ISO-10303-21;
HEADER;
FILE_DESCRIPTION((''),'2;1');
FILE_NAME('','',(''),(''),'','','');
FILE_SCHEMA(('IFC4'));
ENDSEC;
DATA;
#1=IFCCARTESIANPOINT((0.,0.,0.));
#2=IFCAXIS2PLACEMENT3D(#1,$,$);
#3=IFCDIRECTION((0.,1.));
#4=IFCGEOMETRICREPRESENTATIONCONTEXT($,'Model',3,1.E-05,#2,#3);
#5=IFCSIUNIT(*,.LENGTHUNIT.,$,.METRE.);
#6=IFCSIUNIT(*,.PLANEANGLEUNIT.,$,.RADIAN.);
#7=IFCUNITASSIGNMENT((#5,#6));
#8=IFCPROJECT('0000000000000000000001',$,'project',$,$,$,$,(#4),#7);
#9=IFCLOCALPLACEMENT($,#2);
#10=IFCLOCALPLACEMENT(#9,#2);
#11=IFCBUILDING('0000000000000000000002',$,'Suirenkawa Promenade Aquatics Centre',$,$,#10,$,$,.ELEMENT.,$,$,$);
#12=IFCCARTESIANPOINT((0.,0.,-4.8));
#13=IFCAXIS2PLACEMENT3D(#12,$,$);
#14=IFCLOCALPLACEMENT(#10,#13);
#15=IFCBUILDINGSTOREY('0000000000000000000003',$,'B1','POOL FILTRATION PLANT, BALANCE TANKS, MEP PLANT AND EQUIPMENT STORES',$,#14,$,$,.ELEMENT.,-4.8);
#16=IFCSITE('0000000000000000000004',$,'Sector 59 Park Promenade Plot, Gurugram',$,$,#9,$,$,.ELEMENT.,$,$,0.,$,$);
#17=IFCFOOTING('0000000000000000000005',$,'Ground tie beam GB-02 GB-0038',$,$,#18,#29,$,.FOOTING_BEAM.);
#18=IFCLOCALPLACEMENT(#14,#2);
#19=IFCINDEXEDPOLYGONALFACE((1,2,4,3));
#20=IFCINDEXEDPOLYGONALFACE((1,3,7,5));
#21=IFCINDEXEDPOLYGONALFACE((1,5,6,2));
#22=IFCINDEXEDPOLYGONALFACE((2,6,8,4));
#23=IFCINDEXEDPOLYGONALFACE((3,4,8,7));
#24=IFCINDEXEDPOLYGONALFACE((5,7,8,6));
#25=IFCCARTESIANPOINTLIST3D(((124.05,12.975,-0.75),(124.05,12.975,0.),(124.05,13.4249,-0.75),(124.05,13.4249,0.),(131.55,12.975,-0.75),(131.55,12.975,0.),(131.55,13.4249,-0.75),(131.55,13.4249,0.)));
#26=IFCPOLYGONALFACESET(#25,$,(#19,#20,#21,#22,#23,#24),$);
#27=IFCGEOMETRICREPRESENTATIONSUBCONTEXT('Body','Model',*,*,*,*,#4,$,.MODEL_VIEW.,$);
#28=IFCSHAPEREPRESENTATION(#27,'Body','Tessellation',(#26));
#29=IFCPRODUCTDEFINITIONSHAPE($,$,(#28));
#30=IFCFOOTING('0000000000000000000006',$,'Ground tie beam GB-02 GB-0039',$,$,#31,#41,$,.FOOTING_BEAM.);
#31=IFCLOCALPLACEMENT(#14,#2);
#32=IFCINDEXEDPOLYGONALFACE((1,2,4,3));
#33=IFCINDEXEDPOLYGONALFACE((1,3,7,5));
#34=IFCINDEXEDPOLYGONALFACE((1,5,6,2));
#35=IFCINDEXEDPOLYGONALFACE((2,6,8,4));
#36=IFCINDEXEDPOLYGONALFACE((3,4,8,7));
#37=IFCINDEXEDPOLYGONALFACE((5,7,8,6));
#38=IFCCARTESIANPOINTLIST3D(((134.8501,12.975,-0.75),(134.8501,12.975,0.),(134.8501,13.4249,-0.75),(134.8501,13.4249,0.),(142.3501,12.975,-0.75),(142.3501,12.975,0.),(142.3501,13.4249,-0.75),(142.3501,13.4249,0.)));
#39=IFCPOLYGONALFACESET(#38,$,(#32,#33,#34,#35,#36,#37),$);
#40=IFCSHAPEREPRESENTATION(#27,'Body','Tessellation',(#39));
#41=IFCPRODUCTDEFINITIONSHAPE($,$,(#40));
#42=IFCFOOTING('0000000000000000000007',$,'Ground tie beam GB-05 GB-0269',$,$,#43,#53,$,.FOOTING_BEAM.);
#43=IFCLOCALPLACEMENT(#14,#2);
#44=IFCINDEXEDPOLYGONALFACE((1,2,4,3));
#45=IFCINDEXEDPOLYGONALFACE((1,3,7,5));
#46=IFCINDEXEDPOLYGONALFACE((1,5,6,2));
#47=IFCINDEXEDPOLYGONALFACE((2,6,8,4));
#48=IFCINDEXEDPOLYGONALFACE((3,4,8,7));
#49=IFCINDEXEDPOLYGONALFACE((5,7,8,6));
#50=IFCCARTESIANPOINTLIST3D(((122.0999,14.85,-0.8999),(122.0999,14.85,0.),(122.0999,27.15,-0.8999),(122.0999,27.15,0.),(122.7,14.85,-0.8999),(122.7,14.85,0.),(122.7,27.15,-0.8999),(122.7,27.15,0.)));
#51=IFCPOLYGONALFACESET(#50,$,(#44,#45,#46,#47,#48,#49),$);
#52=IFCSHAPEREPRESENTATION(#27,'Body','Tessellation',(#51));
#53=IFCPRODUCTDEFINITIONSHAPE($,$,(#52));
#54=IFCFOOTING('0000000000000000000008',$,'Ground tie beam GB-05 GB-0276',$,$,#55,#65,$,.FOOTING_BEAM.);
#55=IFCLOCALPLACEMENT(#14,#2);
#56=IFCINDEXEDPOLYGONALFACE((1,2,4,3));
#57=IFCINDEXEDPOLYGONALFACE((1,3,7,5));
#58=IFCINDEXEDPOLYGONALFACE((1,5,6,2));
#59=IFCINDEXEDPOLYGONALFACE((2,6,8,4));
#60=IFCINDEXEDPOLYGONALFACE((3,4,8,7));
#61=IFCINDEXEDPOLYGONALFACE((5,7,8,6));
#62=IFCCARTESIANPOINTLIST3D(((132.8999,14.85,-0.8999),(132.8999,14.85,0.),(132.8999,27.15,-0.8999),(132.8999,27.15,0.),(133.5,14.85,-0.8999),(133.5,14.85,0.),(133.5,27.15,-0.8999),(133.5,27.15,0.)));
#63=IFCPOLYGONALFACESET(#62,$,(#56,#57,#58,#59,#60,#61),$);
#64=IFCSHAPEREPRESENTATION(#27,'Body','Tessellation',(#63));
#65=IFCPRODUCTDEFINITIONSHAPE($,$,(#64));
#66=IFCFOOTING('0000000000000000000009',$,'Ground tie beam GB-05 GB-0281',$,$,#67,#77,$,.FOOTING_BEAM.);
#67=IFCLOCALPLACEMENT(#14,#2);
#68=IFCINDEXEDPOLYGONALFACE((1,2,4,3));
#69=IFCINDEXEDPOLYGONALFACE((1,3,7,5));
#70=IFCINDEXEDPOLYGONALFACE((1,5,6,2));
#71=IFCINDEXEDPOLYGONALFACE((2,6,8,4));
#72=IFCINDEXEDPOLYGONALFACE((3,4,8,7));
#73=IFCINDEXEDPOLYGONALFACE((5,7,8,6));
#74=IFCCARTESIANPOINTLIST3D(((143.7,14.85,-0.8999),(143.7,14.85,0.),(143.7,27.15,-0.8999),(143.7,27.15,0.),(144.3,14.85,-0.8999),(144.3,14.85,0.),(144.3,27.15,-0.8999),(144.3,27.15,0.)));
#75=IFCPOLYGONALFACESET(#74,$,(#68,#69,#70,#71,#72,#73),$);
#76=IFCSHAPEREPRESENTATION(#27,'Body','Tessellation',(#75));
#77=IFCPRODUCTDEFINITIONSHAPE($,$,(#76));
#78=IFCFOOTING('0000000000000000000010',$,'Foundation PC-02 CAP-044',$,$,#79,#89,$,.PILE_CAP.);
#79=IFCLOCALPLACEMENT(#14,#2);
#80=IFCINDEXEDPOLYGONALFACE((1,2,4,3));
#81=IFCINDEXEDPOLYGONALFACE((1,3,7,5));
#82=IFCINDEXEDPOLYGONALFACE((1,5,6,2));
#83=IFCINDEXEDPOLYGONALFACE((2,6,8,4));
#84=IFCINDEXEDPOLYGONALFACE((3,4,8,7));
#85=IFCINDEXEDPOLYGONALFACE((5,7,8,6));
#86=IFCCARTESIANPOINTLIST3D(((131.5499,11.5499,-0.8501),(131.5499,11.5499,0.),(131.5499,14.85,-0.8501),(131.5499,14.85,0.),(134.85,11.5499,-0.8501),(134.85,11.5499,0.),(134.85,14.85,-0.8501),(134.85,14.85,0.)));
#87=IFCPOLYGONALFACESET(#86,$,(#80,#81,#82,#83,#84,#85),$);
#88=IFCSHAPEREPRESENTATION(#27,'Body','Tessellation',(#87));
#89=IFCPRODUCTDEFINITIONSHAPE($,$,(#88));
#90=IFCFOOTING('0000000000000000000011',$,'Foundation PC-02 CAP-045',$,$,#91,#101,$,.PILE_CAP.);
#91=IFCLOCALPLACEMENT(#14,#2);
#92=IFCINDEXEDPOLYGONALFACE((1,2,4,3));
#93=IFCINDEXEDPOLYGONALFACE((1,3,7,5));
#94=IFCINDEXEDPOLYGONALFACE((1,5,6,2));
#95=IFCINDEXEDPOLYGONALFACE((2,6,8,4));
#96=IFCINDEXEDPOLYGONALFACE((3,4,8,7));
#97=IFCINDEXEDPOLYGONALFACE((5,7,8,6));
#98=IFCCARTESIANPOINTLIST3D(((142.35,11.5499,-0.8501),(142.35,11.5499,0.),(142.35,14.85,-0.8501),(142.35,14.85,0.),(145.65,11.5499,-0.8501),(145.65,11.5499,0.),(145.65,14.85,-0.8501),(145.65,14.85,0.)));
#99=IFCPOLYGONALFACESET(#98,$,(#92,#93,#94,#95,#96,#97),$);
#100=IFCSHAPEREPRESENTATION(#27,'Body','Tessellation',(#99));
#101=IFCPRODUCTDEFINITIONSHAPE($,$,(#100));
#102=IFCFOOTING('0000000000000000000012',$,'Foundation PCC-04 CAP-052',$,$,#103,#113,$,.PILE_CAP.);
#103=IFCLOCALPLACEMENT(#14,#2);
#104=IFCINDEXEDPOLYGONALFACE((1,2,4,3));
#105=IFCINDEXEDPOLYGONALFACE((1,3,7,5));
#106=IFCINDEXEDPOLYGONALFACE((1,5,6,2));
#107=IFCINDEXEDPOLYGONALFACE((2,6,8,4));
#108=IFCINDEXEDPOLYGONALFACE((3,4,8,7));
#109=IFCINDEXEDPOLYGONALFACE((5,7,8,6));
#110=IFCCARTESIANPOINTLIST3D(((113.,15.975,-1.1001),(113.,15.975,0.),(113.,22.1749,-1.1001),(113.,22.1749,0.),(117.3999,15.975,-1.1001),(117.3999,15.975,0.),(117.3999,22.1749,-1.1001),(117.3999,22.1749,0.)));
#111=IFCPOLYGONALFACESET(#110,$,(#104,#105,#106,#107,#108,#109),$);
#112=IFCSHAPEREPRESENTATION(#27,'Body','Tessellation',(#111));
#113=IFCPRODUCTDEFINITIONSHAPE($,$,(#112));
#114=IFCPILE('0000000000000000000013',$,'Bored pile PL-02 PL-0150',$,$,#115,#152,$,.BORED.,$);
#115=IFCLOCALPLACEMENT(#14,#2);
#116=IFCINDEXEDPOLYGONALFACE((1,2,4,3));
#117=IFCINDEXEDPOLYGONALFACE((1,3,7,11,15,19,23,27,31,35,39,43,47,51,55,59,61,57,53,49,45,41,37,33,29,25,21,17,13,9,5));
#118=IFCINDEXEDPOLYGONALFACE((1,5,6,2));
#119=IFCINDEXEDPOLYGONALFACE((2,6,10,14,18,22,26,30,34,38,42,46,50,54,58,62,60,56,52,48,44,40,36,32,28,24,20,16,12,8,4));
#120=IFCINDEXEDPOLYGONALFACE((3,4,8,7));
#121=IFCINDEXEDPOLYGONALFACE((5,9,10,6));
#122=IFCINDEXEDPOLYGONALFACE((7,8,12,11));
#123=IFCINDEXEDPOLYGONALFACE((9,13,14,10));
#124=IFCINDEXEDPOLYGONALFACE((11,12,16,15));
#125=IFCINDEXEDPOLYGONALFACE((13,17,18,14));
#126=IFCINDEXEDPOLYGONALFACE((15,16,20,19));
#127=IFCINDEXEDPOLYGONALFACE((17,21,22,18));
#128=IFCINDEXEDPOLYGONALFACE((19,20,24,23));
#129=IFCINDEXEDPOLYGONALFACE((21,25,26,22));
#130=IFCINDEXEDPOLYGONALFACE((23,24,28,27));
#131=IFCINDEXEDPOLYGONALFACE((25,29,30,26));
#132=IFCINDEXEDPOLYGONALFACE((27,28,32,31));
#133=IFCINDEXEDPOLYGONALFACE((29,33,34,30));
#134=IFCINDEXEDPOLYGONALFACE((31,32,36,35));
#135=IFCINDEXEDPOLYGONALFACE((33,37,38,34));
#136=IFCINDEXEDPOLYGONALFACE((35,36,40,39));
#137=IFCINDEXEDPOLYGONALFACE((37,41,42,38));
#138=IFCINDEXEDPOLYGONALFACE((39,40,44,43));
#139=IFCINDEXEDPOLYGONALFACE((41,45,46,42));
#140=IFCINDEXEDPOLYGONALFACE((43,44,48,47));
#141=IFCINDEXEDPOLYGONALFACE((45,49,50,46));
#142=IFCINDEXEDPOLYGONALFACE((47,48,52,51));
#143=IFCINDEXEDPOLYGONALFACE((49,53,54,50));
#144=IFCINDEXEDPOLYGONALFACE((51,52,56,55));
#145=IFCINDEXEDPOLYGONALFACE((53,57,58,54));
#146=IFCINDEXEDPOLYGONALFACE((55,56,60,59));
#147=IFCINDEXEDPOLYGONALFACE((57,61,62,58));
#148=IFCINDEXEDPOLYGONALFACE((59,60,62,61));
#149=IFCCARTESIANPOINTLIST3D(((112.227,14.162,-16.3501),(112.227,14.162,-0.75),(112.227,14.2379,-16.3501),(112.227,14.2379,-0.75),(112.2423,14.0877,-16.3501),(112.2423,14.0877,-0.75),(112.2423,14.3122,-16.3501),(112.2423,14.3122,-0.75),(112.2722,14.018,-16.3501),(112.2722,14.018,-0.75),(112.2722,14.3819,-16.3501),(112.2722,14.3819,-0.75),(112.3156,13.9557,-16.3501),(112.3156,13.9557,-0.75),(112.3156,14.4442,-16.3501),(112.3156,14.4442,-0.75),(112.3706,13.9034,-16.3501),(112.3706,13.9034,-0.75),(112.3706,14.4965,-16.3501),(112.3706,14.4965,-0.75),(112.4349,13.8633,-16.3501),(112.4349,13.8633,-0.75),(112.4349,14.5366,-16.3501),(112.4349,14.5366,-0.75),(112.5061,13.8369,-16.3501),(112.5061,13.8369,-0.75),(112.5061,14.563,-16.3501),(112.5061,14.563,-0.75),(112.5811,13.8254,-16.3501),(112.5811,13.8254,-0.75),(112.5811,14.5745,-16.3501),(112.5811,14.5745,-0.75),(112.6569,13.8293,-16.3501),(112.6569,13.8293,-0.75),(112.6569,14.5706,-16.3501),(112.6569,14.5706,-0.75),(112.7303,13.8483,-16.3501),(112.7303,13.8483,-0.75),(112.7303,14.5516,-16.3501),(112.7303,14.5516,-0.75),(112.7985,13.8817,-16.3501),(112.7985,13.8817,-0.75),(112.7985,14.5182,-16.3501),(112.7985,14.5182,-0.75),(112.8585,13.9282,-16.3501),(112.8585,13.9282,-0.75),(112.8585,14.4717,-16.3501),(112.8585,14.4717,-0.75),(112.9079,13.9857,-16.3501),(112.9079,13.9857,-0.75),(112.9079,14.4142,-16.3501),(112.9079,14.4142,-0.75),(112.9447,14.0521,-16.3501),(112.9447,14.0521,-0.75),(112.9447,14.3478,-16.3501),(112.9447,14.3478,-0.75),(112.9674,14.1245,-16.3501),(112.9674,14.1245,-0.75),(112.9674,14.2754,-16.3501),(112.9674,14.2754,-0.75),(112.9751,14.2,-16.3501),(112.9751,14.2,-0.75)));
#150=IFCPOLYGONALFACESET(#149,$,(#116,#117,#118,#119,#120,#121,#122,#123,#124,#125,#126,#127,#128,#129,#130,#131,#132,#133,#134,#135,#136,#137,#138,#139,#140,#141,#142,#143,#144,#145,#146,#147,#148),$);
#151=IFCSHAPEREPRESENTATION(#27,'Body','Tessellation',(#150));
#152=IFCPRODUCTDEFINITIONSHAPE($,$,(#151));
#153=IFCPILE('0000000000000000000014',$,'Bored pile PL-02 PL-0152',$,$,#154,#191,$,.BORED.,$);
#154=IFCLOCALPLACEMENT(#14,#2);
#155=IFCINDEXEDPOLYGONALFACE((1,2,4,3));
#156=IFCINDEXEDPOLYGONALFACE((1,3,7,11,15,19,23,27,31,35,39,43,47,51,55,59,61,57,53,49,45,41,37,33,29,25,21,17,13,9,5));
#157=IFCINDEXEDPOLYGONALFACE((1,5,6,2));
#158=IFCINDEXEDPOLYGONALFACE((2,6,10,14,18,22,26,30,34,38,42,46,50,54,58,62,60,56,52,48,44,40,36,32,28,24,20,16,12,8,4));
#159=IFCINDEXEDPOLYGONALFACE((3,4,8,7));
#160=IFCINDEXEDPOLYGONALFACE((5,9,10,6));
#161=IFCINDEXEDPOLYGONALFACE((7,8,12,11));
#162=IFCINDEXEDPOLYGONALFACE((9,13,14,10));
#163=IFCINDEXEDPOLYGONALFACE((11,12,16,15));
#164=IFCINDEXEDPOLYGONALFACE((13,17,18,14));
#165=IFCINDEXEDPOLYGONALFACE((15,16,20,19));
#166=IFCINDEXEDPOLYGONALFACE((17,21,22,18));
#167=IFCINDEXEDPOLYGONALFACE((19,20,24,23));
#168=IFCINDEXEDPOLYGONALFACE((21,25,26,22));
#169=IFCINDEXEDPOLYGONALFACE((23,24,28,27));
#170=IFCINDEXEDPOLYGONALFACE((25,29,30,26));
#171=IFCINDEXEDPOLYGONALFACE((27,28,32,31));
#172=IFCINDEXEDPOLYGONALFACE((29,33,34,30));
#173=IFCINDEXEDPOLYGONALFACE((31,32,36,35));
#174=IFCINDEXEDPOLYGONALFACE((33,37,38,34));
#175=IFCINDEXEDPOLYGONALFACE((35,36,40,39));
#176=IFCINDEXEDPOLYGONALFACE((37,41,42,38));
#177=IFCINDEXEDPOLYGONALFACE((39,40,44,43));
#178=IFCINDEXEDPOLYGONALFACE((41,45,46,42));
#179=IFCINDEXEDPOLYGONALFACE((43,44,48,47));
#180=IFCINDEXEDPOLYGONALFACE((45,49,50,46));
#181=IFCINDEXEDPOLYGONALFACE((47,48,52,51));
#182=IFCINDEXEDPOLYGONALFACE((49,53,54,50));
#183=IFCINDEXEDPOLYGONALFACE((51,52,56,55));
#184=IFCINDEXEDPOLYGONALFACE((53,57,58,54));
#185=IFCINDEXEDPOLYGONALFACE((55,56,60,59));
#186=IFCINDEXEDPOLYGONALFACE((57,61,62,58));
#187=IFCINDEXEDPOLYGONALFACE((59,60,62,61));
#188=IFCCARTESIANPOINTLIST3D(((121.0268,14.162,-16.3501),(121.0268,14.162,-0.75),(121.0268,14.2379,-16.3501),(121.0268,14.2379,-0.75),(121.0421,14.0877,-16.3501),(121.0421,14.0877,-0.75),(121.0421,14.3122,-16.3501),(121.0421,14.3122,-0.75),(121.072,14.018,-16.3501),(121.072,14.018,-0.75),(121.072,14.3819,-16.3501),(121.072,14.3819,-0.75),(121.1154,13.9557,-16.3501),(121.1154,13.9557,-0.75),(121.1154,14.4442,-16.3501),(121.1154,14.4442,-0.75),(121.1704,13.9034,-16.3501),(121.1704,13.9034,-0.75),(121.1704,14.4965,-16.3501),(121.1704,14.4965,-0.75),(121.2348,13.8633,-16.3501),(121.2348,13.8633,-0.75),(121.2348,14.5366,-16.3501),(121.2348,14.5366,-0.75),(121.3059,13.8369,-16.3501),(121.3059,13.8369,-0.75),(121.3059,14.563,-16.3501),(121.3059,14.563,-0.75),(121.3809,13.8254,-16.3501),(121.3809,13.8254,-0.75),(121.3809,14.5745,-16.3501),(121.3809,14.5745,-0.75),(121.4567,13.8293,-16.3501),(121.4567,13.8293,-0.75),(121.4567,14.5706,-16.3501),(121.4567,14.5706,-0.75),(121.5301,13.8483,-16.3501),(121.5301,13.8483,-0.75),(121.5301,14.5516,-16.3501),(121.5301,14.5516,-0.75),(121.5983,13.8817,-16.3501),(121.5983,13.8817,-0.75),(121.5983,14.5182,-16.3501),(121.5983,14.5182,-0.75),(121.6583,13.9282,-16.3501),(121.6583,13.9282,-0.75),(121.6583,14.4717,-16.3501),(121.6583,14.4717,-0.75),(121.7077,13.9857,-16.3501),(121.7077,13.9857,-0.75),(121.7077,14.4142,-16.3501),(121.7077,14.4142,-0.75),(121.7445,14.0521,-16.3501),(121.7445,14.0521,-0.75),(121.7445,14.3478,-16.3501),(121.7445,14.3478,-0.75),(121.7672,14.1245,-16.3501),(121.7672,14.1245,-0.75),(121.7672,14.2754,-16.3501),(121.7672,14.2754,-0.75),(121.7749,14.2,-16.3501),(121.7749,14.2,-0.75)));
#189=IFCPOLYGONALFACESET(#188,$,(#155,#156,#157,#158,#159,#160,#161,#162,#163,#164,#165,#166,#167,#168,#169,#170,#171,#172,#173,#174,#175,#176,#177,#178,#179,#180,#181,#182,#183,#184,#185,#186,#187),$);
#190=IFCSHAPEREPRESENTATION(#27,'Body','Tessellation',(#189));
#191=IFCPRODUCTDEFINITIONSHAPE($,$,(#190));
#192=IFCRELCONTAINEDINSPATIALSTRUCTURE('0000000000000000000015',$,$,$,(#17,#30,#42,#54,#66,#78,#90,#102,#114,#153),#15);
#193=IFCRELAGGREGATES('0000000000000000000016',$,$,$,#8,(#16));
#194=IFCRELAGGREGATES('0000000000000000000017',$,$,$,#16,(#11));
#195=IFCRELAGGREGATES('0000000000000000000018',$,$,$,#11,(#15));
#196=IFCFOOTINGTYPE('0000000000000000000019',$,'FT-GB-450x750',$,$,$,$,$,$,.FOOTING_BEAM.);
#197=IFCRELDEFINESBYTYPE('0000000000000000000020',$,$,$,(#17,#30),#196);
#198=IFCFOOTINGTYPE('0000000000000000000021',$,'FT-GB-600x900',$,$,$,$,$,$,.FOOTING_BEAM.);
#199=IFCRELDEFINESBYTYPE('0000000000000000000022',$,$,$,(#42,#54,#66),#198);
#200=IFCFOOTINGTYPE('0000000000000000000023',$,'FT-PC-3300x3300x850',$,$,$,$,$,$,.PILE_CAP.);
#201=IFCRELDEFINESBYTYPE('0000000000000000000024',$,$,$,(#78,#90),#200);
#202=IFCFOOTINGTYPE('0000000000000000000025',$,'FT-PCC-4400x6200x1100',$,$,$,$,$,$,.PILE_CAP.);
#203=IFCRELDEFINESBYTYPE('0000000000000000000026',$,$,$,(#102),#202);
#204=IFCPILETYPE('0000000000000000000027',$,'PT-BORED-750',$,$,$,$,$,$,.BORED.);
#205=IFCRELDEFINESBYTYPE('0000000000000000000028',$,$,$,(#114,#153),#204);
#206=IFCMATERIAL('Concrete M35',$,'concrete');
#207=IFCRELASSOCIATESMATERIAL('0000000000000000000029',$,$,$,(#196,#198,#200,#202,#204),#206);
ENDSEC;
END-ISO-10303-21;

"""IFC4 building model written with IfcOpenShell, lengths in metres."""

from ifc_helpers import new_model, si_unit, direction, frame, origin, origin_2d, place, context, subcontext, project, spatial, rectangle, circle, extrude, material, material_profile, profile_set, type_object, element, save


model = new_model("IFC4")

# Units and contexts
model_context = context("Model", 3, precision=1e-05, world=origin(), true_north=direction((0.0, 1.0)))
body_context = subcontext(model_context, "Body", "Model", "MODEL_VIEW")
ifc_project = project(units=[si_unit("LENGTHUNIT", "METRE"), si_unit("PLANEANGLEUNIT", "RADIAN")], contexts=[model_context])

# Site, building, storey
site_placement = place(None, origin())
site = spatial("IfcSite", under=ifc_project, at=site_placement, Name="Sector 59 Park Promenade Plot, Gurugram", CompositionType="ELEMENT", RefElevation=0.0)
building_placement = place(site_placement, origin())
building = spatial("IfcBuilding", under=site, at=building_placement, Name="Suirenkawa Promenade Aquatics Centre", CompositionType="ELEMENT")
storey_placement = place(building_placement, frame((0.0, 0.0, -4.8)))
storey = spatial("IfcBuildingStorey", under=building, at=storey_placement, Name="B1", Description="POOL FILTRATION PLANT, BALANCE TANKS, MEP PLANT AND EQUIPMENT STORES", CompositionType="ELEMENT", Elevation=-4.8)

# Footings
ifc_material_1 = material(Name="Concrete M35", Category="concrete")
footing_type_1 = type_object("IfcFootingType", Name="FT-GB-450x750", PredefinedType="FOOTING_BEAM", material=ifc_material_1)
for number, where, z_axis, x_axis, name in (
    (1, (127.8, 13.2, -0.75), (0.0, 0.0, 1.0), (1.0, 0.0, 0.0), "Ground tie beam GB-02 GB-0038"),
    (2, (138.6001, 13.2, -0.75), (0.0, 0.0, 1.0), (1.0, 0.0, 0.0), "Ground tie beam GB-02 GB-0039"),
):
    element("IfcFooting", number, at=place(storey_placement, frame(where, z_axis=z_axis, x_axis=x_axis)), inside=storey, type_object=footing_type_1, Name=name, PredefinedType="FOOTING_BEAM", context=body_context, shape_type="SweptSolid", body=[
        extrude(rectangle(XDim=7.5, YDim=0.45, at=origin_2d()), origin(), (0.0, 0.0, 1.0), 0.75),
    ])
footing_type_2 = type_object("IfcFootingType", Name="FT-GB-600x900", PredefinedType="FOOTING_BEAM", material=ifc_material_1)
for number, where, z_axis, x_axis, name in (
    (3, (122.3999, 21.0, -0.8999), (0.0, 0.0, 1.0), (0.0, 1.0, 0.0), "Ground tie beam GB-05 GB-0269"),
    (4, (133.2, 21.0, -0.8999), (0.0, 0.0, 1.0), (0.0, 1.0, 0.0), "Ground tie beam GB-05 GB-0276"),
    (5, (144.0, 21.0, -0.8999), (0.0, 0.0, 1.0), (0.0, 1.0, 0.0), "Ground tie beam GB-05 GB-0281"),
):
    element("IfcFooting", number, at=place(storey_placement, frame(where, z_axis=z_axis, x_axis=x_axis)), inside=storey, type_object=footing_type_2, Name=name, PredefinedType="FOOTING_BEAM", context=body_context, shape_type="SweptSolid", body=[
        extrude(rectangle(XDim=12.3, YDim=0.6001, at=origin_2d()), origin(), (0.0, 0.0, 1.0), 0.8999),
    ])
footing_type_3 = type_object("IfcFootingType", Name="FT-PC-3300x3300x850", PredefinedType="PILE_CAP", material=ifc_material_1)
for number, where, z_axis, x_axis, name in (
    (6, (133.2, 13.2, -0.8501), (0.0, 0.0, 1.0), (1.0, 0.0, 0.0), "Foundation PC-02 CAP-044"),
    (7, (144.0, 13.2, -0.8501), (0.0, 0.0, 1.0), (1.0, 0.0, 0.0), "Foundation PC-02 CAP-045"),
):
    element("IfcFooting", number, at=place(storey_placement, frame(where, z_axis=z_axis, x_axis=x_axis)), inside=storey, type_object=footing_type_3, Name=name, PredefinedType="PILE_CAP", context=body_context, shape_type="SweptSolid", body=[
        extrude(rectangle(XDim=3.3, YDim=3.3, at=origin_2d()), origin(), (0.0, 0.0, 1.0), 0.8501),
    ])
footing_type_4 = type_object("IfcFootingType", Name="FT-PCC-4400x6200x1100", PredefinedType="PILE_CAP", material=ifc_material_1)
footing_placement = place(storey_placement, frame((115.2, 19.075, -1.1001), z_axis=(0.0, 0.0, 1.0), x_axis=(1.0, 0.0, 0.0)))
element("IfcFooting", 8, at=footing_placement, inside=storey, type_object=footing_type_4, Name="Foundation PCC-04 CAP-052", PredefinedType="PILE_CAP", context=body_context, shape_type="SweptSolid", body=[
    extrude(rectangle(XDim=4.3999, YDim=6.2, at=origin_2d()), origin(), (0.0, 0.0, 1.0), 1.1001),
])

# Piles
ifc_material_profile_1 = material_profile(ifc_material_1, circle(Radius=0.375, at=origin_2d()), Name="PILE D750", Category="concrete")
ifc_profile_set_1 = profile_set([ifc_material_profile_1], Name="Concrete M35")
pile_type_1 = type_object("IfcPileType", Name="PT-BORED-750", PredefinedType="BORED", material=ifc_profile_set_1)
for number, where, z_axis, x_axis, name in (
    (9, (112.6001, 14.2, -0.75), (0.0, 0.0, -1.0), (1.0, 0.0, 0.0), "Bored pile PL-02 PL-0150"),
    (10, (121.3999, 14.2, -0.75), (0.0, 0.0, -1.0), (1.0, 0.0, 0.0), "Bored pile PL-02 PL-0152"),
):
    element("IfcPile", number, at=place(storey_placement, frame(where, z_axis=z_axis, x_axis=x_axis)), inside=storey, type_object=pile_type_1, Name=name, PredefinedType="BORED", context=body_context, shape_type="SweptSolid", body=[
        extrude(circle(Radius=0.375, at=origin_2d()), origin(), (0.0, 0.0, 1.0), 15.6001),
    ])

save(model, "model.ifc")
